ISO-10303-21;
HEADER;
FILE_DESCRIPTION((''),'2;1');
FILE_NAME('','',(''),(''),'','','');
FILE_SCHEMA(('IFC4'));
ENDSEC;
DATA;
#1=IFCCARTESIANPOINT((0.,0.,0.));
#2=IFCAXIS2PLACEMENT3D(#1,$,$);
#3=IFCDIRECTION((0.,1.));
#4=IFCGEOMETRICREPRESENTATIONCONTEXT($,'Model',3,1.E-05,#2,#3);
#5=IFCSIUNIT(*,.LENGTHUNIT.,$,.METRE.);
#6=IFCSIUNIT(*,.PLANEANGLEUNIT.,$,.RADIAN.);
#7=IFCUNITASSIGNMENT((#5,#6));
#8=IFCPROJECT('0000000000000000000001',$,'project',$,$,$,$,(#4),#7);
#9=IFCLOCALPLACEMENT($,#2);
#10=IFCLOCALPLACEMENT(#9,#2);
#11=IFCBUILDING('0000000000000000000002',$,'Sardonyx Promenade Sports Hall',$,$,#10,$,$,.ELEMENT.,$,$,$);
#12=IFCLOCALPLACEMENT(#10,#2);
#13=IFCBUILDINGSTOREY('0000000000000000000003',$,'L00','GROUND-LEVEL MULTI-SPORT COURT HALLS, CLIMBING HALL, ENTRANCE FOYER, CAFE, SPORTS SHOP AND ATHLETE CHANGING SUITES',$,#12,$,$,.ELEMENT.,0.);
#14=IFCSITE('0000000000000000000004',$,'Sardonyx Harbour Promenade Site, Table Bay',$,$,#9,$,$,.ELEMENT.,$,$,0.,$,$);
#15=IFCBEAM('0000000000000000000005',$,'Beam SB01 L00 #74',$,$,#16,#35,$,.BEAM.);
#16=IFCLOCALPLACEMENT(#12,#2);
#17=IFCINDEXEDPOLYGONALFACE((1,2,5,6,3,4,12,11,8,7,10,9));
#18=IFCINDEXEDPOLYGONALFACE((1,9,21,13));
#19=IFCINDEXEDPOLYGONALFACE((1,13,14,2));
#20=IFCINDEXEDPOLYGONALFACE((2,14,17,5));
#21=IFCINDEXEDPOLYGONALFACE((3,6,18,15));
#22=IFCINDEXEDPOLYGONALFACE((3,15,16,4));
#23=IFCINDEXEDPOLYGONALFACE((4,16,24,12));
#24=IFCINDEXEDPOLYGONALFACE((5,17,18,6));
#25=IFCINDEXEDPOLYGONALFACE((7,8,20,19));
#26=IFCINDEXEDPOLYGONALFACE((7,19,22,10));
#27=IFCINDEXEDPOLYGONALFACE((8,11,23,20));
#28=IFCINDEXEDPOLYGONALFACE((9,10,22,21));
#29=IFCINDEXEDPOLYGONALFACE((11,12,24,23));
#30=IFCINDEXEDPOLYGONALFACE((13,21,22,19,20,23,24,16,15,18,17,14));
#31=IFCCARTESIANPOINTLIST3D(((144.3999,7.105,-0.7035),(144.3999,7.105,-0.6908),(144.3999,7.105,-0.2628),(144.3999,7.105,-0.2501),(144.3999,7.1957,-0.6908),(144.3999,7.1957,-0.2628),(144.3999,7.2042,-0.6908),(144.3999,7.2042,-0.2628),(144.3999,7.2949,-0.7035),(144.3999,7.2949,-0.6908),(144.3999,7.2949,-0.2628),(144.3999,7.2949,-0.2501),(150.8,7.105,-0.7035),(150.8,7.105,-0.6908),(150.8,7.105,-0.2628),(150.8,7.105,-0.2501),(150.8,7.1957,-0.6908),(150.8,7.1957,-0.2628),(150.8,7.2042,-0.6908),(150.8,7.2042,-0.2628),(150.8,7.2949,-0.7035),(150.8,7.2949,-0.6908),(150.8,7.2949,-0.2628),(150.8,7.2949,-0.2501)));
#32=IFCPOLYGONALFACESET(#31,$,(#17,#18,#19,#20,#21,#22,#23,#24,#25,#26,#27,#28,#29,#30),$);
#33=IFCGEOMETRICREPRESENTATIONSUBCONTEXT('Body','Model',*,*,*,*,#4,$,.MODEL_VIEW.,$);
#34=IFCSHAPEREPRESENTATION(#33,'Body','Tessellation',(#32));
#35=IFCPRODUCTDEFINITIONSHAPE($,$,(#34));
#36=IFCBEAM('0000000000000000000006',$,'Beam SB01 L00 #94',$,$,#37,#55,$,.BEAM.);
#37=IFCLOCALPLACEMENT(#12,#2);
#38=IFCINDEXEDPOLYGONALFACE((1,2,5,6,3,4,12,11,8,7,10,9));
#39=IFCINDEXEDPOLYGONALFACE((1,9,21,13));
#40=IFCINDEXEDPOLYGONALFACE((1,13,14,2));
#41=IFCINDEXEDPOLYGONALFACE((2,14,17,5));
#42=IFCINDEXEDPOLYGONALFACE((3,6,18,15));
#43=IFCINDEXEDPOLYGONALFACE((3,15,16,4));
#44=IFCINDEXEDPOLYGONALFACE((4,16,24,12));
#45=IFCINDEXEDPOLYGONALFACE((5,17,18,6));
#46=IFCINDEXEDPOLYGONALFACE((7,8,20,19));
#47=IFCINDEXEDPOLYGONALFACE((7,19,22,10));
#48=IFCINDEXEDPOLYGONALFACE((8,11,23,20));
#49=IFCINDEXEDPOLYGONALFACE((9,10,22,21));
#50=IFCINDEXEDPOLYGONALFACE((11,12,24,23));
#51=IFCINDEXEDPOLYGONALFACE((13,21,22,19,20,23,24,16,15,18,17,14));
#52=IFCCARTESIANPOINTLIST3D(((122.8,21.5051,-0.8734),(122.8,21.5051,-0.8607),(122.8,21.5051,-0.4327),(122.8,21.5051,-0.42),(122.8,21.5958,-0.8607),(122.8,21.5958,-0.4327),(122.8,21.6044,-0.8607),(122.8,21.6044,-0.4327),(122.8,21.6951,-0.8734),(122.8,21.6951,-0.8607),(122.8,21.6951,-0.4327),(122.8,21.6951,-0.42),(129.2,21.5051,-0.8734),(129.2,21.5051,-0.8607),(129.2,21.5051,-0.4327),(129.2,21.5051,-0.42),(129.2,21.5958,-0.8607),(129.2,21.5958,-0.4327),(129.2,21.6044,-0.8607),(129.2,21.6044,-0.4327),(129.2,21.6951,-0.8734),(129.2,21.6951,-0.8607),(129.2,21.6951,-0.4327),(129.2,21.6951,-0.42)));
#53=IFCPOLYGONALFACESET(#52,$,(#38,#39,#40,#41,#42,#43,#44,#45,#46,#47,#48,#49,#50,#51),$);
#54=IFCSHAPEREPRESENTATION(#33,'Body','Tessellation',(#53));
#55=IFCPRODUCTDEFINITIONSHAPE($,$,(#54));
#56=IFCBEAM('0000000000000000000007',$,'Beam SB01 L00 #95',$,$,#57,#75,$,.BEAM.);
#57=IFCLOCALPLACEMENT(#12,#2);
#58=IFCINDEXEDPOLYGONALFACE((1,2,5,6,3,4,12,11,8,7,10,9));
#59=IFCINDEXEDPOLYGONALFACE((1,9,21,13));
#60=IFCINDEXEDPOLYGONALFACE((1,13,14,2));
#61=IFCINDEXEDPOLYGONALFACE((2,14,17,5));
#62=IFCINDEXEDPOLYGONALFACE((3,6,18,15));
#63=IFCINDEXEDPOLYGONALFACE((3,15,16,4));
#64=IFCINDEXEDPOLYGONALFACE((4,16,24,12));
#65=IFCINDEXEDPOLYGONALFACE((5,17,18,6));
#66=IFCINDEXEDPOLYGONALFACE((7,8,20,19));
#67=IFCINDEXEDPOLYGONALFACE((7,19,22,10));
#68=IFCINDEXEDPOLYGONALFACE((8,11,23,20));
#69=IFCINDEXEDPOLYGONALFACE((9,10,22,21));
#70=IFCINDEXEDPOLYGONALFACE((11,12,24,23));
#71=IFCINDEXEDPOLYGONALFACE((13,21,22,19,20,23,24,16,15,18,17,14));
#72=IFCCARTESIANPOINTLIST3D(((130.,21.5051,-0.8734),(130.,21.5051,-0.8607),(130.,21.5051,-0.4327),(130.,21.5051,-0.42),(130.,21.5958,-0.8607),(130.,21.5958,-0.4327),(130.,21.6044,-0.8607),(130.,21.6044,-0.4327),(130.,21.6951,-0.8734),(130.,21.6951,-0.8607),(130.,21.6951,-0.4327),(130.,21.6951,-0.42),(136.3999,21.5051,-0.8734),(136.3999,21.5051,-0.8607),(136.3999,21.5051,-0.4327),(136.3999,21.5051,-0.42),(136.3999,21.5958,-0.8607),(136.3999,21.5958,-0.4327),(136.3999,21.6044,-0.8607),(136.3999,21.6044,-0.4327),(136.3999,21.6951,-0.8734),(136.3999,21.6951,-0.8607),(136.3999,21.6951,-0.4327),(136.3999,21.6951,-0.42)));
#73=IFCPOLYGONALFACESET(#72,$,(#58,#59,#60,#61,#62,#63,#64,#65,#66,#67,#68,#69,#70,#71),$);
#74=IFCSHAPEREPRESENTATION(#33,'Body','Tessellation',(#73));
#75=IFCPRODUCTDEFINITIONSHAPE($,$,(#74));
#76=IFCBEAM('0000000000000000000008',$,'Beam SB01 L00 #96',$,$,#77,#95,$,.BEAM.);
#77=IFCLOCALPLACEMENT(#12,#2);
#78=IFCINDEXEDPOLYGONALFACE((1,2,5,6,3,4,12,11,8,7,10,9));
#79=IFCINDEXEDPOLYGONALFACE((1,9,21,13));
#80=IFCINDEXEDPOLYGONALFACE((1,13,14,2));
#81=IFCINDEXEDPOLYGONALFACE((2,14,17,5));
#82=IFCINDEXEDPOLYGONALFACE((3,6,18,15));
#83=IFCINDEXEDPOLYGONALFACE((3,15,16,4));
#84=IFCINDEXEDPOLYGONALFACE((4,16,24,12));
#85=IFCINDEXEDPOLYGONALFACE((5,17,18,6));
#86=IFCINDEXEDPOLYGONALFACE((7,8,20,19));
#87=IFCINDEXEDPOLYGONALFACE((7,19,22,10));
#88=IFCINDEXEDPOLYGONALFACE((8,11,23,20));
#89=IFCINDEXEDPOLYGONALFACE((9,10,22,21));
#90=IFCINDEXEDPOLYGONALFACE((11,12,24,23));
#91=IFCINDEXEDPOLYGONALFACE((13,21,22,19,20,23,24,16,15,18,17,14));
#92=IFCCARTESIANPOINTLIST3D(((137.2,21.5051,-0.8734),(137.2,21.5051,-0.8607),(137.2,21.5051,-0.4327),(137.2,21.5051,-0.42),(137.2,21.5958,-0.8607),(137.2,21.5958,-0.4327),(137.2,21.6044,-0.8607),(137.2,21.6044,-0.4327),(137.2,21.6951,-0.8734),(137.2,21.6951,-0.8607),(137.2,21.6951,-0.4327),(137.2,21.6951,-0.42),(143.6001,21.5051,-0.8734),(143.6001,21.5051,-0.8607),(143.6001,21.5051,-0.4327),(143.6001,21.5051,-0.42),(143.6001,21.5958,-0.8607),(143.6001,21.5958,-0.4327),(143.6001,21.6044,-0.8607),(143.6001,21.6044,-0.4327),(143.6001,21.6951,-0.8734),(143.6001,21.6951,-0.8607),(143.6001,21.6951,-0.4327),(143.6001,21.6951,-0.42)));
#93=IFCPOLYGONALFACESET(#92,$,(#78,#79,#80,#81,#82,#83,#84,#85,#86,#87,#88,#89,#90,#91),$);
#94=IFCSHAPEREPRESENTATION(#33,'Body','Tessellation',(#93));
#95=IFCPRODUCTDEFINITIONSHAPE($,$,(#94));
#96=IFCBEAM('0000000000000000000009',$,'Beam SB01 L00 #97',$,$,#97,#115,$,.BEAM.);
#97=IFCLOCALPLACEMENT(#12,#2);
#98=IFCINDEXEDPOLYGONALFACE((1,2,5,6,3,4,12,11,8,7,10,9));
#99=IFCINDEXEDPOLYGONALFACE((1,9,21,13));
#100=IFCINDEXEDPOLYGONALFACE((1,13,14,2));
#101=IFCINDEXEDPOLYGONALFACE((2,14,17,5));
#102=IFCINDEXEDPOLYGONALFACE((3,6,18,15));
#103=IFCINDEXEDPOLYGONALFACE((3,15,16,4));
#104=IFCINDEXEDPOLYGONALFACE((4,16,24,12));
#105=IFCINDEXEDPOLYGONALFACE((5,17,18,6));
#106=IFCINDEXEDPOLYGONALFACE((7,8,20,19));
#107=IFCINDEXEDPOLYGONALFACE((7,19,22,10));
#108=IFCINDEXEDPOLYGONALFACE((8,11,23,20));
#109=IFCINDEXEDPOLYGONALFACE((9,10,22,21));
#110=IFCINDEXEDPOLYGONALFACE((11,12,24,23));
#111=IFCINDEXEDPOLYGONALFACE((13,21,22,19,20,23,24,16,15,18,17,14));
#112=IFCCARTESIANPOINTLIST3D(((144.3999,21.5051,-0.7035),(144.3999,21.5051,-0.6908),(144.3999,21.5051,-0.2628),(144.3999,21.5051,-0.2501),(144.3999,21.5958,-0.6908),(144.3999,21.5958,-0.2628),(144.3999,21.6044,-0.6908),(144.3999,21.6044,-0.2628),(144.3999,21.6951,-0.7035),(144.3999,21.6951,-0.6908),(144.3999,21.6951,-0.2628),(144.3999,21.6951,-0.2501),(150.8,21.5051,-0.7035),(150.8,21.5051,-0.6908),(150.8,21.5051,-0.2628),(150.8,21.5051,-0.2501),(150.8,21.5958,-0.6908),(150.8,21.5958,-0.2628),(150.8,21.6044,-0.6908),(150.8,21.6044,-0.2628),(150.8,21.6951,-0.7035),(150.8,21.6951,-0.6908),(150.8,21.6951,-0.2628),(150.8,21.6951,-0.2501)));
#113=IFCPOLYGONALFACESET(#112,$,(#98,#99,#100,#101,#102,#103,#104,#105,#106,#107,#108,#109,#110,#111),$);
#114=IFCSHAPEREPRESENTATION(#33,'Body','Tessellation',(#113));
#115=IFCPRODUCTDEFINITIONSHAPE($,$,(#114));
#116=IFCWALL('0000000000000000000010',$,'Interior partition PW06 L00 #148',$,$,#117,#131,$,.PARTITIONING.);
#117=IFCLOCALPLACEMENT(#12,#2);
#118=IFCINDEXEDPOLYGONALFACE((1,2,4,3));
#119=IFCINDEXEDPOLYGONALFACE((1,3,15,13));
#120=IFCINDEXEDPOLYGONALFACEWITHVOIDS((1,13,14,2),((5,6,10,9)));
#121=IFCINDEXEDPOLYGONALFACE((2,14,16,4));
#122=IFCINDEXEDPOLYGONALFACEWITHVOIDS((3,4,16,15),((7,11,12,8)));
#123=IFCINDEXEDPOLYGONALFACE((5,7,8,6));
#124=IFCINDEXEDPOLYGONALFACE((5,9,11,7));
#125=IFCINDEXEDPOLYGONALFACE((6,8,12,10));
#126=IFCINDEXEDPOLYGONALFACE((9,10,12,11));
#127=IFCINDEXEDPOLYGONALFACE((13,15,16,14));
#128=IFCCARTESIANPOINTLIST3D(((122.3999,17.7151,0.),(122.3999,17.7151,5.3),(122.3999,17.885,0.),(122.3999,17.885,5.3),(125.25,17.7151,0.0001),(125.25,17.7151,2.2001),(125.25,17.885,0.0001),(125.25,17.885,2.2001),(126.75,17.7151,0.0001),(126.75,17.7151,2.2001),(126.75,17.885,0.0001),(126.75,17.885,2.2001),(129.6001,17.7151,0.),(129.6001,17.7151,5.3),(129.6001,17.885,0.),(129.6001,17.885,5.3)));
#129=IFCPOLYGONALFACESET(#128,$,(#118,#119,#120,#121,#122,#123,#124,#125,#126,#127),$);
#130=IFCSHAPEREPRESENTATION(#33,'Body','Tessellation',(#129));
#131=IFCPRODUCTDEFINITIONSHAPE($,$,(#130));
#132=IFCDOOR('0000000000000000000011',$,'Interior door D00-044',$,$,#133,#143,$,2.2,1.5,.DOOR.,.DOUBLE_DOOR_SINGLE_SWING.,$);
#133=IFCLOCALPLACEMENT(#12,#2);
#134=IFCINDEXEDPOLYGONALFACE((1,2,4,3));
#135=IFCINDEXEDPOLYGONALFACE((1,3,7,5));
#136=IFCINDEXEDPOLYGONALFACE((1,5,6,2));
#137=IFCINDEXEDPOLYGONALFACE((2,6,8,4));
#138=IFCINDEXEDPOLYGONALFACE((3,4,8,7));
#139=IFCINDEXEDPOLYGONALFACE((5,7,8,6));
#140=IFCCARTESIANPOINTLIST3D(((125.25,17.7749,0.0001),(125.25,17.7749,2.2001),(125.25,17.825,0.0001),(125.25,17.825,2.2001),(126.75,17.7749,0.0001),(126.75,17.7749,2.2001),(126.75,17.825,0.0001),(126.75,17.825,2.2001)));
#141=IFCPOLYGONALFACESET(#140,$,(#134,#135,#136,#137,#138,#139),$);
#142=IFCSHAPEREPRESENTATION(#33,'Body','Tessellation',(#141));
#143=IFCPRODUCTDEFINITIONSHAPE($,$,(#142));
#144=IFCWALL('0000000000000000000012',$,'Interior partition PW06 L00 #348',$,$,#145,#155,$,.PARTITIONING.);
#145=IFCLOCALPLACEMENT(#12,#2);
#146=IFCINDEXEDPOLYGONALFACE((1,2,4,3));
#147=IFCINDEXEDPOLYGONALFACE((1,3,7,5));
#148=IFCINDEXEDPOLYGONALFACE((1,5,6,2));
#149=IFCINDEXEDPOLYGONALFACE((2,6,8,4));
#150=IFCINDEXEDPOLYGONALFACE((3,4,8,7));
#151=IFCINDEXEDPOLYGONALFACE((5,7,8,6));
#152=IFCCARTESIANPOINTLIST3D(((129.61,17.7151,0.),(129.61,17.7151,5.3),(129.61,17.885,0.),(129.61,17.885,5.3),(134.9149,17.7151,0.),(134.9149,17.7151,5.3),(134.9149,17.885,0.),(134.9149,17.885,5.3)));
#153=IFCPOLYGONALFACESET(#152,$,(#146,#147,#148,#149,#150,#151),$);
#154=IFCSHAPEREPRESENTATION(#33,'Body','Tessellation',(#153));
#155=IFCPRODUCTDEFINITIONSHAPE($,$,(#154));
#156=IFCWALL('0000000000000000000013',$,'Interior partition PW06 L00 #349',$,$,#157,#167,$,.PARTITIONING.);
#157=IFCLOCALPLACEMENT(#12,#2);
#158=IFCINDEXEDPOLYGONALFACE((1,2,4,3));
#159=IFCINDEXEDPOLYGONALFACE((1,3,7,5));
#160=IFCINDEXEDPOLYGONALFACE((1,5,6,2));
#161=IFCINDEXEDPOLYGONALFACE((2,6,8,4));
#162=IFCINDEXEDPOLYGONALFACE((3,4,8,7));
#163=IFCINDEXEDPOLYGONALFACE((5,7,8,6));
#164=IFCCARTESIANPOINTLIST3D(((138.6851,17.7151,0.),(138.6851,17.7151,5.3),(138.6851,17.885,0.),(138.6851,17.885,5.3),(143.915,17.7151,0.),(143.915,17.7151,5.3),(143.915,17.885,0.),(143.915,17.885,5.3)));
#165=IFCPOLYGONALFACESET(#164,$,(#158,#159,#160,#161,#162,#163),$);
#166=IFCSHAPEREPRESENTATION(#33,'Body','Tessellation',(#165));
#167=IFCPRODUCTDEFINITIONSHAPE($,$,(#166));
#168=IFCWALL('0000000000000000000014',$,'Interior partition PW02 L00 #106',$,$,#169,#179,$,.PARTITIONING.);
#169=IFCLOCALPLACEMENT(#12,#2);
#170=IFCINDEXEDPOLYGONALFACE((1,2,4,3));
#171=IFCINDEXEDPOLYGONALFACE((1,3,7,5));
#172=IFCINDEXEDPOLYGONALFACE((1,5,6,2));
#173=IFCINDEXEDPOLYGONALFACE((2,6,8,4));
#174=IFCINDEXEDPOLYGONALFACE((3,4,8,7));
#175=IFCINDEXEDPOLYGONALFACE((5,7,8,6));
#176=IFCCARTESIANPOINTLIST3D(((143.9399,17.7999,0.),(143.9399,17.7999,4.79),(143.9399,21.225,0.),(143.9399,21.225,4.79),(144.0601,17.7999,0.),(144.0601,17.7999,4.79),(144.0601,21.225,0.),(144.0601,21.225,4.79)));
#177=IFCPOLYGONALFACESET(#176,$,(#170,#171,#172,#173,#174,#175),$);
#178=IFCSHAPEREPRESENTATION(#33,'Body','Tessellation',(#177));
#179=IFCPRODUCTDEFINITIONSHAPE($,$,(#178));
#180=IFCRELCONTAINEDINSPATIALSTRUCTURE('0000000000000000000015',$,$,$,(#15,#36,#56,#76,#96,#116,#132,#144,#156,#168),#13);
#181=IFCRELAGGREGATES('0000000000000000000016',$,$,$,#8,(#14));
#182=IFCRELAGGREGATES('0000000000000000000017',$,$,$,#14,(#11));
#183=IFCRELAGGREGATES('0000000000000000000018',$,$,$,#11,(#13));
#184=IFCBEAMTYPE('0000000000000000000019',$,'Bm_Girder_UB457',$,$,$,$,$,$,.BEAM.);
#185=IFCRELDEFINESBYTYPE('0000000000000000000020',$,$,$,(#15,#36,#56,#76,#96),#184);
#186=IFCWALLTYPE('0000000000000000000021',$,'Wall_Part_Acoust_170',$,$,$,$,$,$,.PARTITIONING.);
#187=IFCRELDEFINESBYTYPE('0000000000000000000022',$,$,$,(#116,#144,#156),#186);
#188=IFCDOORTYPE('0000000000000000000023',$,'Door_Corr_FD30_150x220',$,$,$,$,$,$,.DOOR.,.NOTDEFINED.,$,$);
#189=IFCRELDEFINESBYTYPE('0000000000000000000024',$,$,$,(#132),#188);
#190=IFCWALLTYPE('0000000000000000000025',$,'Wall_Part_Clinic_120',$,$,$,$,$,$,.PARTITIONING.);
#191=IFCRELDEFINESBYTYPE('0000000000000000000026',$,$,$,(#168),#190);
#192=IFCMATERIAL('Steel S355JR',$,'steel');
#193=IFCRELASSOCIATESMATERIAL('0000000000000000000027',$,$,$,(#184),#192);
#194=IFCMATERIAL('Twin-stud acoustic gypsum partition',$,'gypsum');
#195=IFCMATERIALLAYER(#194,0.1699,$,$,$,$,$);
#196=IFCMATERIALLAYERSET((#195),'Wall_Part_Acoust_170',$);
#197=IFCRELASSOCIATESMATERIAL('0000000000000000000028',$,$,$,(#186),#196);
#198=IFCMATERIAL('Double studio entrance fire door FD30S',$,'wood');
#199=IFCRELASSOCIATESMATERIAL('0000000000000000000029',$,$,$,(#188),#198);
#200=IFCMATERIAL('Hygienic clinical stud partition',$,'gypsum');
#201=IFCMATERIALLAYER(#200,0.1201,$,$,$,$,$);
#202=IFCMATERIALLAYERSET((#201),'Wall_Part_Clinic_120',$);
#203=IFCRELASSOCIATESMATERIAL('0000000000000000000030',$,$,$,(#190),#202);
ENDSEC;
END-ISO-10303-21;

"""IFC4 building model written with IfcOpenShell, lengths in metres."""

from ifc_helpers import new_model, si_unit, direction, frame, frame_2d, origin, origin_2d, place, context, subcontext, project, spatial, rectangle, i_section, extrude, material, layer, layer_set, material_profile, profile_set, type_object, element, fill, save


model = new_model("IFC4")

# Units and contexts
model_context = context("Model", 3, precision=1e-05, world=origin(), true_north=direction((0.0, 1.0)))
body_context = subcontext(model_context, "Body", "Model", "MODEL_VIEW")
ifc_project = project(units=[si_unit("LENGTHUNIT", "METRE"), si_unit("PLANEANGLEUNIT", "RADIAN")], contexts=[model_context])

# Site, building, storey
site_placement = place(None, origin())
site = spatial("IfcSite", under=ifc_project, at=site_placement, Name="Sardonyx Harbour Promenade Site, Table Bay", CompositionType="ELEMENT", RefElevation=0.0)
building_placement = place(site_placement, origin())
building = spatial("IfcBuilding", under=site, at=building_placement, Name="Sardonyx Promenade Sports Hall", CompositionType="ELEMENT")
storey_placement = place(building_placement, origin())
storey = spatial("IfcBuildingStorey", under=building, at=storey_placement, Name="L00", Description="GROUND-LEVEL MULTI-SPORT COURT HALLS, CLIMBING HALL, ENTRANCE FOYER, CAFE, SPORTS SHOP AND ATHLETE CHANGING SUITES", CompositionType="ELEMENT", Elevation=0.0)

# Beams
ifc_material_1 = material(Name="Steel S355JR", Category="steel")
ifc_material_profile_1 = material_profile(ifc_material_1, i_section(OverallWidth=0.1899, OverallDepth=0.4534, WebThickness=0.0085, FlangeThickness=0.0127, at=origin_2d()))
ifc_profile_set_1 = profile_set([ifc_material_profile_1], Name="Steel S355JR")
beam_type = type_object("IfcBeamType", Name="Bm_Girder_UB457", PredefinedType="BEAM", material=ifc_profile_set_1)
beam_placement = place(storey_placement, frame((144.3999, 7.2, -0.4768), z_axis=(1.0, 0.0, 0.0), x_axis=(0.0, 1.0, 0.0)))
element("IfcBeam", 1, at=beam_placement, inside=storey, type_object=beam_type, Name="Beam SB01 L00 #74", PredefinedType="BEAM", context=body_context, shape_type="SweptSolid", body=[
    extrude(i_section(OverallWidth=0.1899, OverallDepth=0.4534, WebThickness=0.0085, FlangeThickness=0.0127, at=origin_2d()), origin(), (0.0, 0.0, 1.0), 6.4001),
])
for number, where, z_axis, x_axis, name in (
    (2, (122.8, 21.6001, -0.6467), (1.0, 0.0, 0.0), (0.0, 1.0, 0.0), "Beam SB01 L00 #94"),
    (3, (130.0, 21.6001, -0.6467), (1.0, 0.0, 0.0), (0.0, 1.0, 0.0), "Beam SB01 L00 #95"),
):
    element("IfcBeam", number, at=place(storey_placement, frame(where, z_axis=z_axis, x_axis=x_axis)), inside=storey, type_object=beam_type, Name=name, PredefinedType="BEAM", context=body_context, shape_type="SweptSolid", body=[
        extrude(i_section(OverallWidth=0.1899, OverallDepth=0.4534, WebThickness=0.0085, FlangeThickness=0.0127, at=origin_2d()), origin(), (0.0, 0.0, 1.0), 6.3999),
    ])
for number, where, z_axis, x_axis, name in (
    (4, (137.2, 21.6001, -0.6467), (1.0, 0.0, 0.0), (0.0, 1.0, 0.0), "Beam SB01 L00 #96"),
    (5, (144.3999, 21.6001, -0.4768), (1.0, 0.0, 0.0), (0.0, 1.0, 0.0), "Beam SB01 L00 #97"),
):
    element("IfcBeam", number, at=place(storey_placement, frame(where, z_axis=z_axis, x_axis=x_axis)), inside=storey, type_object=beam_type, Name=name, PredefinedType="BEAM", context=body_context, shape_type="SweptSolid", body=[
        extrude(i_section(OverallWidth=0.1899, OverallDepth=0.4534, WebThickness=0.0085, FlangeThickness=0.0127, at=origin_2d()), origin(), (0.0, 0.0, 1.0), 6.4001),
    ])

# Wall, opening, door
ifc_material_2 = material(Name="Twin-stud acoustic gypsum partition", Category="gypsum")
ifc_layer_1 = layer(ifc_material_2, 0.1699)
ifc_layer_set_1 = layer_set([ifc_layer_1], Name="Wall_Part_Acoust_170")
wall_type_1 = type_object("IfcWallType", Name="Wall_Part_Acoust_170", PredefinedType="PARTITIONING", material=ifc_layer_set_1)
wall_1_placement = place(storey_placement, frame((122.3999, 17.8, 0.0), z_axis=(0.0, 0.0, 1.0), x_axis=(1.0, 0.0, 0.0)))
wall_1 = element("IfcWall", 6, at=wall_1_placement, inside=storey, type_object=wall_type_1, Name="Interior partition PW06 L00 #148", PredefinedType="PARTITIONING", context=body_context, shape_type="SweptSolid", body=[
    extrude(rectangle(XDim=7.2002, YDim=0.1699, at=frame_2d((3.6001, 0.0))), origin(), (0.0, 0.0, 1.0), 5.3),
])
opening_1_placement = place(wall_1_placement, frame((2.8501, 0.0, 0.0)))
opening_1 = element("IfcOpeningElement", 7, at=opening_1_placement, cuts=wall_1, PredefinedType="OPENING", context=body_context, shape_type="SweptSolid", body=[
    extrude(rectangle(XDim=1.5, YDim=2.2, at=frame_2d((0.75, 1.1001))), frame((0.0, 0.095, 0.0), z_axis=(0.0, -1.0, 0.0), x_axis=(1.0, 0.0, 0.0)), (0.0, 0.0, 1.0), 0.19),
])
ifc_material_3 = material(Name="Double studio entrance fire door FD30S", Category="wood")
door_type_1 = type_object("IfcDoorType", Name="Door_Corr_FD30_150x220", OperationType="NOTDEFINED", PredefinedType="DOOR", material=ifc_material_3)
door_1_placement = place(opening_1_placement, origin())
door_1 = element("IfcDoor", 8, at=door_1_placement, inside=storey, type_object=door_type_1, Name="Interior door D00-044", OperationType="DOUBLE_DOOR_SINGLE_SWING", OverallHeight=2.2, OverallWidth=1.5, PredefinedType="DOOR", context=body_context, shape_type="SweptSolid", body=[
    extrude(rectangle(XDim=1.5, YDim=2.2, at=frame_2d((0.75, 1.1001))), frame((0.0, 0.0249, 0.0), z_axis=(0.0, -1.0, 0.0), x_axis=(1.0, 0.0, 0.0)), (0.0, 0.0, 1.0), 0.05),
])
fill(opening_1, door_1)

# Walls
wall_2_placement = place(storey_placement, frame((129.6101, 17.8, 0.0), z_axis=(0.0, 0.0, 1.0), x_axis=(1.0, 0.0, 0.0)))
element("IfcWall", 9, at=wall_2_placement, inside=storey, type_object=wall_type_1, Name="Interior partition PW06 L00 #348", PredefinedType="PARTITIONING", context=body_context, shape_type="SweptSolid", body=[
    extrude(rectangle(XDim=5.3049, YDim=0.1699, at=frame_2d((2.6523, 0.0))), origin(), (0.0, 0.0, 1.0), 5.3),
])
wall_3_placement = place(storey_placement, frame((138.6851, 17.8, 0.0), z_axis=(0.0, 0.0, 1.0), x_axis=(1.0, 0.0, 0.0)))
element("IfcWall", 10, at=wall_3_placement, inside=storey, type_object=wall_type_1, Name="Interior partition PW06 L00 #349", PredefinedType="PARTITIONING", context=body_context, shape_type="SweptSolid", body=[
    extrude(rectangle(XDim=5.23, YDim=0.1699, at=frame_2d((2.615, 0.0))), origin(), (0.0, 0.0, 1.0), 5.3),
])
ifc_material_4 = material(Name="Hygienic clinical stud partition", Category="gypsum")
ifc_layer_2 = layer(ifc_material_4, 0.1201)
ifc_layer_set_2 = layer_set([ifc_layer_2], Name="Wall_Part_Clinic_120")
wall_type_2 = type_object("IfcWallType", Name="Wall_Part_Clinic_120", PredefinedType="PARTITIONING", material=ifc_layer_set_2)
wall_4_placement = place(storey_placement, frame((144.0, 17.8, 0.0), z_axis=(0.0, 0.0, 1.0), x_axis=(0.0, 1.0, 0.0)))
element("IfcWall", 11, at=wall_4_placement, inside=storey, type_object=wall_type_2, Name="Interior partition PW02 L00 #106", PredefinedType="PARTITIONING", context=body_context, shape_type="SweptSolid", body=[
    extrude(rectangle(XDim=3.425, YDim=0.1201, at=frame_2d((1.7124, 0.0))), origin(), (0.0, 0.0, 1.0), 4.79),
])

save(model, "model.ifc")
